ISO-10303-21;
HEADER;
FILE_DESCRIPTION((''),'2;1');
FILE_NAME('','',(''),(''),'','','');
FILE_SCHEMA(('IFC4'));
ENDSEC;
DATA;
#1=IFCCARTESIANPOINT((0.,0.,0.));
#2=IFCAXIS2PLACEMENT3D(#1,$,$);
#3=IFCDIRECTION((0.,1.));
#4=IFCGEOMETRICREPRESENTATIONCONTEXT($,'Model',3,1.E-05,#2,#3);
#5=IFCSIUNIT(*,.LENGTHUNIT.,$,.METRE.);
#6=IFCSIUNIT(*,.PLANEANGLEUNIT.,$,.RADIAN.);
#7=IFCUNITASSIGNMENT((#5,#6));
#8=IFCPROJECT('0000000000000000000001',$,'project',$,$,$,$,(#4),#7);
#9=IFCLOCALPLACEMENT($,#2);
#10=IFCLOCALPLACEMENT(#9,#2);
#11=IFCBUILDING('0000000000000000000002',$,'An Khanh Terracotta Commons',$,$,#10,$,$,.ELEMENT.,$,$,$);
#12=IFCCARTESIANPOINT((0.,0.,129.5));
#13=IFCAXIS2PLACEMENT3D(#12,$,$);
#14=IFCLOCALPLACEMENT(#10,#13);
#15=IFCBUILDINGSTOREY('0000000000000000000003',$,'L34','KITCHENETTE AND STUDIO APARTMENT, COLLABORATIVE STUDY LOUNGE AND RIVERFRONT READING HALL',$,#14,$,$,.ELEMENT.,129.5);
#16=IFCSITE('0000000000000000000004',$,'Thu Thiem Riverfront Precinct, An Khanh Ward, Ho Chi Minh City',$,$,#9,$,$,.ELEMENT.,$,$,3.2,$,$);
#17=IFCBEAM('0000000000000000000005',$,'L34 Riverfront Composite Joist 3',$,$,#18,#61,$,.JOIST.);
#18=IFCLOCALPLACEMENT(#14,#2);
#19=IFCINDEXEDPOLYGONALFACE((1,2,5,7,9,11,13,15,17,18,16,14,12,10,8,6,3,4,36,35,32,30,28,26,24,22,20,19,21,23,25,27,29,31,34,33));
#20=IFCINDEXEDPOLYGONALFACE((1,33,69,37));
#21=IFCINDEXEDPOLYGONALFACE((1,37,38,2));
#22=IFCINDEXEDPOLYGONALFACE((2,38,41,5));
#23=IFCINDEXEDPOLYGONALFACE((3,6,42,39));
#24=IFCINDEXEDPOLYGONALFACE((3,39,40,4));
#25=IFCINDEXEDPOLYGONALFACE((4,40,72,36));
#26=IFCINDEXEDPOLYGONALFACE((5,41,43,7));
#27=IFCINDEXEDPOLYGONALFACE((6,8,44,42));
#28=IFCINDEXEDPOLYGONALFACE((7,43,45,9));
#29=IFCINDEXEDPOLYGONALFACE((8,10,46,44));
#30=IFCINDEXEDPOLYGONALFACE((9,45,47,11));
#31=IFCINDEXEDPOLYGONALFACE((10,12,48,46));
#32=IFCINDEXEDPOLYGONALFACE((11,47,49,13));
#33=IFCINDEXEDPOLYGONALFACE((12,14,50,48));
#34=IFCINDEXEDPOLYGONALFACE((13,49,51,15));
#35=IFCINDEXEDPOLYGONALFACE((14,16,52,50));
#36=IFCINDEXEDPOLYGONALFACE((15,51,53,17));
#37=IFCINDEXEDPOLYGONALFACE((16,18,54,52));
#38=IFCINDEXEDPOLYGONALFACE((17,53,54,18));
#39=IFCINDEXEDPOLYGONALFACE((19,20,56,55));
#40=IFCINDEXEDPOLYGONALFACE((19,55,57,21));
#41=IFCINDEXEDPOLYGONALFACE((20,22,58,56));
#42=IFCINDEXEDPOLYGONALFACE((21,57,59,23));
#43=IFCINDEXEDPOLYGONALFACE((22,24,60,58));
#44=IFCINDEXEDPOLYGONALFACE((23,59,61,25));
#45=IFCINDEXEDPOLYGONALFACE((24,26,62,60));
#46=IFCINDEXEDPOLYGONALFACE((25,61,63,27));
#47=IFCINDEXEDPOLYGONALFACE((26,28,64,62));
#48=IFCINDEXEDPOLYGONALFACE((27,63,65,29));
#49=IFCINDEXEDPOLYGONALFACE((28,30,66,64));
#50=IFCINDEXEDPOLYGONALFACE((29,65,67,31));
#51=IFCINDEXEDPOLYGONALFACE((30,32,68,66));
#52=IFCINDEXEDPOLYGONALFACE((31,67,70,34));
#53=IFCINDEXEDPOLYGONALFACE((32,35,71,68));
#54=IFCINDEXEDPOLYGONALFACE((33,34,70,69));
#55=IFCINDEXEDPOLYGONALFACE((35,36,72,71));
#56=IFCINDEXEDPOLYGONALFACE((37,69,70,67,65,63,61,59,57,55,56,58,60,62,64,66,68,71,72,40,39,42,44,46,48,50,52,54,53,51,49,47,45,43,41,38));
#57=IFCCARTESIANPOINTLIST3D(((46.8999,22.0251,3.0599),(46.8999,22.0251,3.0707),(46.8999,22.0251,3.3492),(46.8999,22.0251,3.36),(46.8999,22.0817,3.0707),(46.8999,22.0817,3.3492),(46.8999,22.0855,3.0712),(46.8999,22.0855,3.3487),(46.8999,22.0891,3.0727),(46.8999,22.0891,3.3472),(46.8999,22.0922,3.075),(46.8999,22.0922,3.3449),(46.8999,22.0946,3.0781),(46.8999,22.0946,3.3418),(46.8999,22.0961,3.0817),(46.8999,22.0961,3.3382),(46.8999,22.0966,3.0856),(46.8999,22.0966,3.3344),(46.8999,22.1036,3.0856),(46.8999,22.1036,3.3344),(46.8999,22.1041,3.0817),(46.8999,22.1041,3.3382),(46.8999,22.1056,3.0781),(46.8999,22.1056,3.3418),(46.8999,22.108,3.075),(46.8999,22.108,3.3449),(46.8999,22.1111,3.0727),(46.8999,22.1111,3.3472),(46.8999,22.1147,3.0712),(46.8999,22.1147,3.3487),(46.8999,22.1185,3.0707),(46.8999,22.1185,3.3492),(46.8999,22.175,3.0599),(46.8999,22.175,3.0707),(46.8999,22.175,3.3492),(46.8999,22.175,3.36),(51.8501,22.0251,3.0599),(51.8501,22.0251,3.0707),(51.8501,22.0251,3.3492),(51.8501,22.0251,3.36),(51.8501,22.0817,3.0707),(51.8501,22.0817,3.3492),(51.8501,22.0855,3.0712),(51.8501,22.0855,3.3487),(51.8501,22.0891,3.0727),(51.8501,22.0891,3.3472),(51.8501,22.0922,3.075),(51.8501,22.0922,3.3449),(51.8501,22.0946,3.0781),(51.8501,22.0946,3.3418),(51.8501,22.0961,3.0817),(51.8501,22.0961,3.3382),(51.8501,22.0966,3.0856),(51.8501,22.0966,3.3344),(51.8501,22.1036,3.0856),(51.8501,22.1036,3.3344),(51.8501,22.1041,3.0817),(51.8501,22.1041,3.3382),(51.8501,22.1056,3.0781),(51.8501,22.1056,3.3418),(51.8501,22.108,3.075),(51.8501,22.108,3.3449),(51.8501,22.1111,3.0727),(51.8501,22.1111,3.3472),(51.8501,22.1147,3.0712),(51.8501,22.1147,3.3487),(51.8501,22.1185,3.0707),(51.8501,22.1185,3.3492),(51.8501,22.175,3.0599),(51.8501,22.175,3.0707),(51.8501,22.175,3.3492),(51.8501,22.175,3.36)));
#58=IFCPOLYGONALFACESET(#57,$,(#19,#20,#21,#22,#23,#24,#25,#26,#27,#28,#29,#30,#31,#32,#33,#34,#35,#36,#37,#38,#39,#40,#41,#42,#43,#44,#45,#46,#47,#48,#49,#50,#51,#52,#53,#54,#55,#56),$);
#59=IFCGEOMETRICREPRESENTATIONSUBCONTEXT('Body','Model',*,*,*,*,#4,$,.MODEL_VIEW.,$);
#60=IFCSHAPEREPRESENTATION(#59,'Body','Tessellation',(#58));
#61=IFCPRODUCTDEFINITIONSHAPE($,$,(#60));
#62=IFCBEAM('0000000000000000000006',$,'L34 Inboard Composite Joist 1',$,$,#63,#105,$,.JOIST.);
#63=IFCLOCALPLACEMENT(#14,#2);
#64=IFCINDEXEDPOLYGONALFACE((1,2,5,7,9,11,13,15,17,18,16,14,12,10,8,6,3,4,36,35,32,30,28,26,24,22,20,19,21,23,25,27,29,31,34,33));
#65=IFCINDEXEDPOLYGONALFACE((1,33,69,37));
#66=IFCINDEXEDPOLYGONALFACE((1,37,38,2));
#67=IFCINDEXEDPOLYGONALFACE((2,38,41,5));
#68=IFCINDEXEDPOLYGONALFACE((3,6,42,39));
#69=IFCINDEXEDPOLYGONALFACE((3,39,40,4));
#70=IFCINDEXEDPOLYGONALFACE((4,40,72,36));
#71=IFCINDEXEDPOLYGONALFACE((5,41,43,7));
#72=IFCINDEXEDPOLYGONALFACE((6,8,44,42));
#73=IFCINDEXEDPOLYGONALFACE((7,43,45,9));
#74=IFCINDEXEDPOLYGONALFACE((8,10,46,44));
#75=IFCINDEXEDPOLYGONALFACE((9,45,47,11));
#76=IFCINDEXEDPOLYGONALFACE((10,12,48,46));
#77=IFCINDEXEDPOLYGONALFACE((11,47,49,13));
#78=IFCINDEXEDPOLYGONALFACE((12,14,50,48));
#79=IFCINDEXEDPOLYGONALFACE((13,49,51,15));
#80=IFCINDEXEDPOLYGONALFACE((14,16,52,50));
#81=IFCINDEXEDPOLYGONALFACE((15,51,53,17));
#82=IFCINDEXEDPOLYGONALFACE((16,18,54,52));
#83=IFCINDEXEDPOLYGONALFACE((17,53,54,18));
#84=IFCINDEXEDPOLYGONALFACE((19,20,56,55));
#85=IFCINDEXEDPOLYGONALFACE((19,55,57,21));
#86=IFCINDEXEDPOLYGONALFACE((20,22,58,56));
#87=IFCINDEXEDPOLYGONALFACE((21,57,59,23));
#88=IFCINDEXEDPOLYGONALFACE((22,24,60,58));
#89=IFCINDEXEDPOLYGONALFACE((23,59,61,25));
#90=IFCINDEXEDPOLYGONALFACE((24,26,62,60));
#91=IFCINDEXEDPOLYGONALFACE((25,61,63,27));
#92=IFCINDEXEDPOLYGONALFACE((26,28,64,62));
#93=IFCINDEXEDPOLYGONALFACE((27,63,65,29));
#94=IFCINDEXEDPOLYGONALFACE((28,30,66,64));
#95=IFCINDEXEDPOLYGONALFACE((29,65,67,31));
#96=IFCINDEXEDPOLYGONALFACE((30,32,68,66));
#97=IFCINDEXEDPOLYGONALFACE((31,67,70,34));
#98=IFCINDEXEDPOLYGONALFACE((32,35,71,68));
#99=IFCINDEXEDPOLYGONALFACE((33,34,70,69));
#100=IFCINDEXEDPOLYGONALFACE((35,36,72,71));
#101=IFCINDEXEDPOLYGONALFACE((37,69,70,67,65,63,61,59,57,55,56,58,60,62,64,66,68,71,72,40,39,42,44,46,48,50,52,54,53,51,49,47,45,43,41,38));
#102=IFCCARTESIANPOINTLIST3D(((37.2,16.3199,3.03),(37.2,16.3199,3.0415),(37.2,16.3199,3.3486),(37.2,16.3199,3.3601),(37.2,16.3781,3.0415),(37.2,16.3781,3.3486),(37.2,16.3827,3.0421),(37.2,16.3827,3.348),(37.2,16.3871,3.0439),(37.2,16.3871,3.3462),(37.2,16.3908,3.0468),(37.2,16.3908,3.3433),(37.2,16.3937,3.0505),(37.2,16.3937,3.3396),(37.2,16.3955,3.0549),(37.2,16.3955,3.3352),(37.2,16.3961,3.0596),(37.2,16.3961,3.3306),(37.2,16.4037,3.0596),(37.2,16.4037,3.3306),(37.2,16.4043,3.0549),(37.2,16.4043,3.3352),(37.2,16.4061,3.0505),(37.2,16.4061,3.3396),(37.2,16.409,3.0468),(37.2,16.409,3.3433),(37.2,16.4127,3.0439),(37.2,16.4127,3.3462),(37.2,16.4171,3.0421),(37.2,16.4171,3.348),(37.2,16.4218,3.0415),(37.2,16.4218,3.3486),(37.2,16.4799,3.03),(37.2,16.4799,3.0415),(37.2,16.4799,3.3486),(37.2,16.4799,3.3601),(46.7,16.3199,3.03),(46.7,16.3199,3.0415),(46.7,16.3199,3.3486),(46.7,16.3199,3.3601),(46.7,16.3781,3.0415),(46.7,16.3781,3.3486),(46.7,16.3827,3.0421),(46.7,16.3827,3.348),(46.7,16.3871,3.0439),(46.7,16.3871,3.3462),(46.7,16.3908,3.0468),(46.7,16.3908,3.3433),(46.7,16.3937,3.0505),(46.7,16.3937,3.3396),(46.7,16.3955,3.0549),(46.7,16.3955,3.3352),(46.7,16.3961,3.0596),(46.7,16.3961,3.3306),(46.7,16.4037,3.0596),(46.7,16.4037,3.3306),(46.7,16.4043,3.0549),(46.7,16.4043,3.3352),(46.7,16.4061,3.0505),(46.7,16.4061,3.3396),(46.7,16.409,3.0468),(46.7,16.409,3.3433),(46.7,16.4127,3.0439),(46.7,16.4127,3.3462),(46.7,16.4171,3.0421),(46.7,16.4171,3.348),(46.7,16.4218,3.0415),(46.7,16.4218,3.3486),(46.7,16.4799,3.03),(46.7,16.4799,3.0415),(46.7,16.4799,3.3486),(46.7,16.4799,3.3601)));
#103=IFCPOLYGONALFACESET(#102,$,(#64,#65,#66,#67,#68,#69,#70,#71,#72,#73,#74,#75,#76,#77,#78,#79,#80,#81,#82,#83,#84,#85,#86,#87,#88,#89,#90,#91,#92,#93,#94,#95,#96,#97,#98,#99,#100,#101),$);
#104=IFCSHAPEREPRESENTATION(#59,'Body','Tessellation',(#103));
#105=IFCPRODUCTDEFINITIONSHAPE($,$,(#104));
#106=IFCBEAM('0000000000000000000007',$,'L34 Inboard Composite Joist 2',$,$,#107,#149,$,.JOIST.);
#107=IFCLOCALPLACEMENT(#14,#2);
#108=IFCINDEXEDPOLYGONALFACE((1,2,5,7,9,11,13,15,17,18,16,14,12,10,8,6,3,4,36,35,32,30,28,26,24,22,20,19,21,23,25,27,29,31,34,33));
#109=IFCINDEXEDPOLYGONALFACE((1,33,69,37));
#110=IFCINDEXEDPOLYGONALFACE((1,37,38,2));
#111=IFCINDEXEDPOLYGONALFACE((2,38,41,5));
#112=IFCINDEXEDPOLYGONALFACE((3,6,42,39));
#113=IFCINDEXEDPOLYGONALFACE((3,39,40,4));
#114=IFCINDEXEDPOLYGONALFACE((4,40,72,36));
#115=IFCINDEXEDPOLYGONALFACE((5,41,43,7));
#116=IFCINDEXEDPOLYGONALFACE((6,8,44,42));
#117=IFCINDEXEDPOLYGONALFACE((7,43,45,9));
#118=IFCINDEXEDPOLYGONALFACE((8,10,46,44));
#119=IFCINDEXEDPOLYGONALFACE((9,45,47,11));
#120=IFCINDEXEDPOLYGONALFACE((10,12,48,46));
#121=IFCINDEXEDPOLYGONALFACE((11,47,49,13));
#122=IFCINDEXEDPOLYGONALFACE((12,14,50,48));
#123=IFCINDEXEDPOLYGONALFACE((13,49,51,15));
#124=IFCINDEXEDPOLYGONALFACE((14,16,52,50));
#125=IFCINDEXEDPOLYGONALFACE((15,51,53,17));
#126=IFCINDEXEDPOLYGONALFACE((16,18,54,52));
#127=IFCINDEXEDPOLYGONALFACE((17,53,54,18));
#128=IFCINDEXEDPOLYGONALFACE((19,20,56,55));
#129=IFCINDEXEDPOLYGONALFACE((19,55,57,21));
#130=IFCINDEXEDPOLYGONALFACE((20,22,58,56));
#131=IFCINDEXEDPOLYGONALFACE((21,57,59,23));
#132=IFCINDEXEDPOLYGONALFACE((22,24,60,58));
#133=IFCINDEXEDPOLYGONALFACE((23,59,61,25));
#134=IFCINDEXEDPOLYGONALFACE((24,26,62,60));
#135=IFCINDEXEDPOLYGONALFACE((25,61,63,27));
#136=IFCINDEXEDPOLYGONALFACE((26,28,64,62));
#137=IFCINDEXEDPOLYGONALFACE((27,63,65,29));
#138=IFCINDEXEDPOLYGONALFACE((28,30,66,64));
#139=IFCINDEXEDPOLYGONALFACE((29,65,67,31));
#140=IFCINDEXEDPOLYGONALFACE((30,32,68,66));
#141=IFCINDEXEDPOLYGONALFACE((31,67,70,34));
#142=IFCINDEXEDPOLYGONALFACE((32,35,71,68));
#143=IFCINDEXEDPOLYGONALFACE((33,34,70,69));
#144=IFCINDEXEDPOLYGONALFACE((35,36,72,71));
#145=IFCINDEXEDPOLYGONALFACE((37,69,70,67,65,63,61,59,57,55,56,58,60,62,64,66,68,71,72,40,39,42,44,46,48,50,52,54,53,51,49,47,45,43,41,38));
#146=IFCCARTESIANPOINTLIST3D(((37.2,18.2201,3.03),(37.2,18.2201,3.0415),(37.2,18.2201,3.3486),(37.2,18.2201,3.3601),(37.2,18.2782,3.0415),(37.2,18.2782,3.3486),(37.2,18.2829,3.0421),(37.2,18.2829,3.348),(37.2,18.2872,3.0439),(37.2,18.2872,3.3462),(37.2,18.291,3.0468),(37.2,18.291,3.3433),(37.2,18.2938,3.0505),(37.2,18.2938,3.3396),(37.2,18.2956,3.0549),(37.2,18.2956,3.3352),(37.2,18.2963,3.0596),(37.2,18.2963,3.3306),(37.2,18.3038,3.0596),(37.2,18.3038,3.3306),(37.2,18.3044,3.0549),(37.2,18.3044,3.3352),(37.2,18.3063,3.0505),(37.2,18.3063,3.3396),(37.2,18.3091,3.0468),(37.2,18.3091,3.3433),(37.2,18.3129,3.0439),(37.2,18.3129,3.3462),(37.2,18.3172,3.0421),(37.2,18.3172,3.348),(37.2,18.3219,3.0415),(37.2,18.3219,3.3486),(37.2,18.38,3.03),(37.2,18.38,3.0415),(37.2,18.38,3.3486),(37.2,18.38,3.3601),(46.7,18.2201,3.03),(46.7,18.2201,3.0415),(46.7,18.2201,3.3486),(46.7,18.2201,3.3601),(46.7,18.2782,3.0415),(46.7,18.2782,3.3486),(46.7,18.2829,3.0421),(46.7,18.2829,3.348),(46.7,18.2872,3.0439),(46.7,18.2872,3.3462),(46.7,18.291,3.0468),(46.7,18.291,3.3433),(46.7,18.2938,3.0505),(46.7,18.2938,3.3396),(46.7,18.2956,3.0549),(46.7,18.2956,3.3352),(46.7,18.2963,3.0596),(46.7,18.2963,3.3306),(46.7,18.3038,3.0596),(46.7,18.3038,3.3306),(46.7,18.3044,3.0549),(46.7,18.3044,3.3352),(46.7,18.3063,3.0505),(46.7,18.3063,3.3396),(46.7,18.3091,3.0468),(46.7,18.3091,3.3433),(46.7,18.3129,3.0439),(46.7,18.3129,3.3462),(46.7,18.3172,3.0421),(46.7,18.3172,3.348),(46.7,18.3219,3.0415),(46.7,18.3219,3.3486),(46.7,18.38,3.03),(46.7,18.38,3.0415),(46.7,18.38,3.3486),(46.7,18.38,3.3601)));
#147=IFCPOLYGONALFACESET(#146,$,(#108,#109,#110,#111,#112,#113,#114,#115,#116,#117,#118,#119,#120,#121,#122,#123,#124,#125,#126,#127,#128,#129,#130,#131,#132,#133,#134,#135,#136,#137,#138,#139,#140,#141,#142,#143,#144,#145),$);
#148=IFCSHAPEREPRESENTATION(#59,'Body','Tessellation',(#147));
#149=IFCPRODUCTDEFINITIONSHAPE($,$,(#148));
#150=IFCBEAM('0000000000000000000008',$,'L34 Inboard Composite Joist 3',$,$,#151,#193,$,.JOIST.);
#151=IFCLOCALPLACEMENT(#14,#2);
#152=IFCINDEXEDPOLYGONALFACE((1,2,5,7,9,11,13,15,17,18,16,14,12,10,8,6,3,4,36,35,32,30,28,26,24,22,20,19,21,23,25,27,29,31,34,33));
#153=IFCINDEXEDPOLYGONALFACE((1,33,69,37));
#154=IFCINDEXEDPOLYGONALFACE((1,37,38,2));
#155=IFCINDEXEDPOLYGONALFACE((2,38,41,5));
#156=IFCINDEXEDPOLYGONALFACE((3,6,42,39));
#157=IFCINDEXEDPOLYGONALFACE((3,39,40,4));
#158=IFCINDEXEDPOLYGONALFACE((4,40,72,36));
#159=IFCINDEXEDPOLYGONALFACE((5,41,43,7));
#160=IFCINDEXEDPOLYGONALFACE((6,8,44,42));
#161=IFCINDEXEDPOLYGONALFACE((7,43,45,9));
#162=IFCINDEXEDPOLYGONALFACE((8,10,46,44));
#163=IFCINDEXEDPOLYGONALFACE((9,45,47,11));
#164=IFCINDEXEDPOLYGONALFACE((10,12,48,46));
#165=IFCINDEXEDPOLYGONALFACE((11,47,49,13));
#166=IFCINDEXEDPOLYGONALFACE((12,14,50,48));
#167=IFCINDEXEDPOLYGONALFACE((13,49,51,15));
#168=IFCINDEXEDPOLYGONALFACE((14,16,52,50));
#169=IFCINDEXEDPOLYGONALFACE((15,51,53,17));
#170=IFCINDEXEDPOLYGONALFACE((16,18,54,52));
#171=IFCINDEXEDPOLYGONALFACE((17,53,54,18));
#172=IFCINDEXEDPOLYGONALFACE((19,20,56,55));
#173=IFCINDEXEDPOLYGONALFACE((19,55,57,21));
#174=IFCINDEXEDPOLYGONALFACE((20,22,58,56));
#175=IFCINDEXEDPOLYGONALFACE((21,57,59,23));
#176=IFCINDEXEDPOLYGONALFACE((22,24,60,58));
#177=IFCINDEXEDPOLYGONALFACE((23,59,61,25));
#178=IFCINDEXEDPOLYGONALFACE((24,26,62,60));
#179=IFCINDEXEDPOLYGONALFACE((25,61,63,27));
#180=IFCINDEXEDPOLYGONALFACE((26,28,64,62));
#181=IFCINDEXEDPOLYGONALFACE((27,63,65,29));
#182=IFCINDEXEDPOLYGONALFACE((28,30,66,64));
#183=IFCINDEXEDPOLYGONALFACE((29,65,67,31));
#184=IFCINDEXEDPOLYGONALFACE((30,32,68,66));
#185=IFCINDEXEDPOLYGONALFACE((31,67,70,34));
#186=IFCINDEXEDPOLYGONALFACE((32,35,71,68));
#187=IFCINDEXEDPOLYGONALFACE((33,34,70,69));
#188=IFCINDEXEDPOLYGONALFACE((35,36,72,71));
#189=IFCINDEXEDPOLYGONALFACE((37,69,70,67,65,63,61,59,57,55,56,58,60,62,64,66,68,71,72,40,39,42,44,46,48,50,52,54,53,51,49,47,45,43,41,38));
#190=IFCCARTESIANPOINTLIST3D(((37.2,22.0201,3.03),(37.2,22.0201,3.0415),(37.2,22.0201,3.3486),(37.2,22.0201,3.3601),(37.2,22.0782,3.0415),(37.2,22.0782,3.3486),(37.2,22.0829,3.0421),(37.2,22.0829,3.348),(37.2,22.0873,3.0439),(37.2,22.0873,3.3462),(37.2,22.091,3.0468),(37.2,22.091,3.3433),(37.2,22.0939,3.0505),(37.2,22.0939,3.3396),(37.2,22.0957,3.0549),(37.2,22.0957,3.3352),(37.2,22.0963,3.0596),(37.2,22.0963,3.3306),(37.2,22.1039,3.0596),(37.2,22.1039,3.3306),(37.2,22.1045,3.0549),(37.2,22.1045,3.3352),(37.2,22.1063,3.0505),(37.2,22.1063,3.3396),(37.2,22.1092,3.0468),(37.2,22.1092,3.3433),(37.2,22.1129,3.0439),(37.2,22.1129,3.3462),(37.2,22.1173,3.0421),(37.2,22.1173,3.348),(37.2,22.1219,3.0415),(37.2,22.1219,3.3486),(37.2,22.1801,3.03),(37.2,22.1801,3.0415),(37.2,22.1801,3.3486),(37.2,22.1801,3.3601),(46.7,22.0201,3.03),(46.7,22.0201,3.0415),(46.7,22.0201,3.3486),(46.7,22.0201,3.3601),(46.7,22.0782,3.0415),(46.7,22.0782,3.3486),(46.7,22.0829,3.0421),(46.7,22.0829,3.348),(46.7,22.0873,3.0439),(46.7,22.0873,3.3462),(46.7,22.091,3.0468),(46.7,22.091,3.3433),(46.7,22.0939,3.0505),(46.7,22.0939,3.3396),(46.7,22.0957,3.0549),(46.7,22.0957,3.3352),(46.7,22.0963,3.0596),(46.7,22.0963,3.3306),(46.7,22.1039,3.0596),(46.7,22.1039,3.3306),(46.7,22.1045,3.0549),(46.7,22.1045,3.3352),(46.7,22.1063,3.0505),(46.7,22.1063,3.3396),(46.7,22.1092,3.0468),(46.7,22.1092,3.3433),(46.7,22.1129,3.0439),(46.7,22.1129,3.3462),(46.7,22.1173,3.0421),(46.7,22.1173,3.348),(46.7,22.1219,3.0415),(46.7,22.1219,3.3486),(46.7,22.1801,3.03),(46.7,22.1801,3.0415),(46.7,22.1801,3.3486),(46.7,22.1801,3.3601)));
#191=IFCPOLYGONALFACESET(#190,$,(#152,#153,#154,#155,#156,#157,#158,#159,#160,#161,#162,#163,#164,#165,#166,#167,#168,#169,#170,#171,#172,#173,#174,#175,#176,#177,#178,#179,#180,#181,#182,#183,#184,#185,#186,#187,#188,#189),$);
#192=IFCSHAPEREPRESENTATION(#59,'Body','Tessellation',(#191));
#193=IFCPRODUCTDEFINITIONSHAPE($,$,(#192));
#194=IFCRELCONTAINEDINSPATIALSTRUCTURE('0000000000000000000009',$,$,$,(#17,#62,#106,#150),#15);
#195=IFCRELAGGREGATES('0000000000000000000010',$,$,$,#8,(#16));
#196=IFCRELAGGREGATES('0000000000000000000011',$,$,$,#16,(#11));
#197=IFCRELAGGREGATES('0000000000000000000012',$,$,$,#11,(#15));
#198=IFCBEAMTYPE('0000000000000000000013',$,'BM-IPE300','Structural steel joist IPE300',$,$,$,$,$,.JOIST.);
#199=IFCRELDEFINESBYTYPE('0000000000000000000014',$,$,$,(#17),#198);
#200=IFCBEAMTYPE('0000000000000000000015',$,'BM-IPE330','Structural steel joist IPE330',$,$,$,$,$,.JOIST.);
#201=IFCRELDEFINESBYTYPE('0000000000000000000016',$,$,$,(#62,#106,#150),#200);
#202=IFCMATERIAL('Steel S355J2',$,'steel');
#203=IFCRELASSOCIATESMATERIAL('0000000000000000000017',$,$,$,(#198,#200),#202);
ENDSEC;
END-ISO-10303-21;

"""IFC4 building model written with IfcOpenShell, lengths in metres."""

from ifc_helpers import new_model, si_unit, direction, frame, origin, origin_2d, place, context, subcontext, project, spatial, i_section, extrude, material, material_profile, profile_set, type_object, element, save


model = new_model("IFC4")

# Units and contexts
model_context = context("Model", 3, precision=1e-05, world=origin(), true_north=direction((0.0, 1.0)))
body_context = subcontext(model_context, "Body", "Model", "MODEL_VIEW")
ifc_project = project(units=[si_unit("LENGTHUNIT", "METRE"), si_unit("PLANEANGLEUNIT", "RADIAN")], contexts=[model_context])

# Site, building, storey
site_placement = place(None, origin())
site = spatial("IfcSite", under=ifc_project, at=site_placement, Name="Thu Thiem Riverfront Precinct, An Khanh Ward, Ho Chi Minh City", CompositionType="ELEMENT", RefElevation=3.2)
building_placement = place(site_placement, origin())
building = spatial("IfcBuilding", under=site, at=building_placement, Name="An Khanh Terracotta Commons", CompositionType="ELEMENT")
storey_placement = place(building_placement, frame((0.0, 0.0, 129.5)))
storey = spatial("IfcBuildingStorey", under=building, at=storey_placement, Name="L34", Description="KITCHENETTE AND STUDIO APARTMENT, COLLABORATIVE STUDY LOUNGE AND RIVERFRONT READING HALL", CompositionType="ELEMENT", Elevation=129.5)

# Beams
ifc_material_1 = material(Name="Steel S355J2", Category="steel")
ifc_material_profile_1 = material_profile(ifc_material_1, i_section(OverallWidth=0.1499, OverallDepth=0.3, WebThickness=0.0071, FlangeThickness=0.0107, FilletRadius=0.0149, at=origin_2d()), Name="IPE300")
ifc_profile_set_1 = profile_set([ifc_material_profile_1], Name="Steel S355J2")
beam_type_1 = type_object("IfcBeamType", Name="BM-IPE300", Description="Structural steel joist IPE300", PredefinedType="JOIST", material=ifc_profile_set_1)
for number, where, z_axis, x_axis, name in (
    (1, (46.8999, 22.1001, 3.21), (1.0, 0.0, 0.0), (0.0, 1.0, 0.0), "L34 Riverfront Composite Joist 3"),
):
    element("IfcBeam", number, at=place(storey_placement, frame(where, z_axis=z_axis, x_axis=x_axis)), inside=storey, type_object=beam_type_1, Name=name, PredefinedType="JOIST", context=body_context, shape_type="SweptSolid", body=[
        extrude(i_section(OverallWidth=0.1499, OverallDepth=0.3, WebThickness=0.0071, FlangeThickness=0.0107, FilletRadius=0.0149, at=origin_2d()), origin(), (0.0, 0.0, 1.0), 4.9502),
    ])
ifc_material_profile_2 = material_profile(ifc_material_1, i_section(OverallWidth=0.1599, OverallDepth=0.3301, WebThickness=0.0076, FlangeThickness=0.0115, FilletRadius=0.0181, at=origin_2d()), Name="IPE330")
ifc_profile_set_2 = profile_set([ifc_material_profile_2], Name="Steel S355J2")
beam_type_2 = type_object("IfcBeamType", Name="BM-IPE330", Description="Structural steel joist IPE330", PredefinedType="JOIST", material=ifc_profile_set_2)
for number, where, z_axis, x_axis, name in (
    (2, (37.2, 16.3999, 3.1951), (1.0, 0.0, 0.0), (0.0, 1.0, 0.0), "L34 Inboard Composite Joist 1"),
    (3, (37.2, 18.3, 3.1951), (1.0, 0.0, 0.0), (0.0, 1.0, 0.0), "L34 Inboard Composite Joist 2"),
    (4, (37.2, 22.1001, 3.1951), (1.0, 0.0, 0.0), (0.0, 1.0, 0.0), "L34 Inboard Composite Joist 3"),
):
    element("IfcBeam", number, at=place(storey_placement, frame(where, z_axis=z_axis, x_axis=x_axis)), inside=storey, type_object=beam_type_2, Name=name, PredefinedType="JOIST", context=body_context, shape_type="SweptSolid", body=[
        extrude(i_section(OverallWidth=0.1599, OverallDepth=0.3301, WebThickness=0.0076, FlangeThickness=0.0115, FilletRadius=0.0181, at=origin_2d()), origin(), (0.0, 0.0, 1.0), 9.5),
    ])

save(model, "model.ifc")
